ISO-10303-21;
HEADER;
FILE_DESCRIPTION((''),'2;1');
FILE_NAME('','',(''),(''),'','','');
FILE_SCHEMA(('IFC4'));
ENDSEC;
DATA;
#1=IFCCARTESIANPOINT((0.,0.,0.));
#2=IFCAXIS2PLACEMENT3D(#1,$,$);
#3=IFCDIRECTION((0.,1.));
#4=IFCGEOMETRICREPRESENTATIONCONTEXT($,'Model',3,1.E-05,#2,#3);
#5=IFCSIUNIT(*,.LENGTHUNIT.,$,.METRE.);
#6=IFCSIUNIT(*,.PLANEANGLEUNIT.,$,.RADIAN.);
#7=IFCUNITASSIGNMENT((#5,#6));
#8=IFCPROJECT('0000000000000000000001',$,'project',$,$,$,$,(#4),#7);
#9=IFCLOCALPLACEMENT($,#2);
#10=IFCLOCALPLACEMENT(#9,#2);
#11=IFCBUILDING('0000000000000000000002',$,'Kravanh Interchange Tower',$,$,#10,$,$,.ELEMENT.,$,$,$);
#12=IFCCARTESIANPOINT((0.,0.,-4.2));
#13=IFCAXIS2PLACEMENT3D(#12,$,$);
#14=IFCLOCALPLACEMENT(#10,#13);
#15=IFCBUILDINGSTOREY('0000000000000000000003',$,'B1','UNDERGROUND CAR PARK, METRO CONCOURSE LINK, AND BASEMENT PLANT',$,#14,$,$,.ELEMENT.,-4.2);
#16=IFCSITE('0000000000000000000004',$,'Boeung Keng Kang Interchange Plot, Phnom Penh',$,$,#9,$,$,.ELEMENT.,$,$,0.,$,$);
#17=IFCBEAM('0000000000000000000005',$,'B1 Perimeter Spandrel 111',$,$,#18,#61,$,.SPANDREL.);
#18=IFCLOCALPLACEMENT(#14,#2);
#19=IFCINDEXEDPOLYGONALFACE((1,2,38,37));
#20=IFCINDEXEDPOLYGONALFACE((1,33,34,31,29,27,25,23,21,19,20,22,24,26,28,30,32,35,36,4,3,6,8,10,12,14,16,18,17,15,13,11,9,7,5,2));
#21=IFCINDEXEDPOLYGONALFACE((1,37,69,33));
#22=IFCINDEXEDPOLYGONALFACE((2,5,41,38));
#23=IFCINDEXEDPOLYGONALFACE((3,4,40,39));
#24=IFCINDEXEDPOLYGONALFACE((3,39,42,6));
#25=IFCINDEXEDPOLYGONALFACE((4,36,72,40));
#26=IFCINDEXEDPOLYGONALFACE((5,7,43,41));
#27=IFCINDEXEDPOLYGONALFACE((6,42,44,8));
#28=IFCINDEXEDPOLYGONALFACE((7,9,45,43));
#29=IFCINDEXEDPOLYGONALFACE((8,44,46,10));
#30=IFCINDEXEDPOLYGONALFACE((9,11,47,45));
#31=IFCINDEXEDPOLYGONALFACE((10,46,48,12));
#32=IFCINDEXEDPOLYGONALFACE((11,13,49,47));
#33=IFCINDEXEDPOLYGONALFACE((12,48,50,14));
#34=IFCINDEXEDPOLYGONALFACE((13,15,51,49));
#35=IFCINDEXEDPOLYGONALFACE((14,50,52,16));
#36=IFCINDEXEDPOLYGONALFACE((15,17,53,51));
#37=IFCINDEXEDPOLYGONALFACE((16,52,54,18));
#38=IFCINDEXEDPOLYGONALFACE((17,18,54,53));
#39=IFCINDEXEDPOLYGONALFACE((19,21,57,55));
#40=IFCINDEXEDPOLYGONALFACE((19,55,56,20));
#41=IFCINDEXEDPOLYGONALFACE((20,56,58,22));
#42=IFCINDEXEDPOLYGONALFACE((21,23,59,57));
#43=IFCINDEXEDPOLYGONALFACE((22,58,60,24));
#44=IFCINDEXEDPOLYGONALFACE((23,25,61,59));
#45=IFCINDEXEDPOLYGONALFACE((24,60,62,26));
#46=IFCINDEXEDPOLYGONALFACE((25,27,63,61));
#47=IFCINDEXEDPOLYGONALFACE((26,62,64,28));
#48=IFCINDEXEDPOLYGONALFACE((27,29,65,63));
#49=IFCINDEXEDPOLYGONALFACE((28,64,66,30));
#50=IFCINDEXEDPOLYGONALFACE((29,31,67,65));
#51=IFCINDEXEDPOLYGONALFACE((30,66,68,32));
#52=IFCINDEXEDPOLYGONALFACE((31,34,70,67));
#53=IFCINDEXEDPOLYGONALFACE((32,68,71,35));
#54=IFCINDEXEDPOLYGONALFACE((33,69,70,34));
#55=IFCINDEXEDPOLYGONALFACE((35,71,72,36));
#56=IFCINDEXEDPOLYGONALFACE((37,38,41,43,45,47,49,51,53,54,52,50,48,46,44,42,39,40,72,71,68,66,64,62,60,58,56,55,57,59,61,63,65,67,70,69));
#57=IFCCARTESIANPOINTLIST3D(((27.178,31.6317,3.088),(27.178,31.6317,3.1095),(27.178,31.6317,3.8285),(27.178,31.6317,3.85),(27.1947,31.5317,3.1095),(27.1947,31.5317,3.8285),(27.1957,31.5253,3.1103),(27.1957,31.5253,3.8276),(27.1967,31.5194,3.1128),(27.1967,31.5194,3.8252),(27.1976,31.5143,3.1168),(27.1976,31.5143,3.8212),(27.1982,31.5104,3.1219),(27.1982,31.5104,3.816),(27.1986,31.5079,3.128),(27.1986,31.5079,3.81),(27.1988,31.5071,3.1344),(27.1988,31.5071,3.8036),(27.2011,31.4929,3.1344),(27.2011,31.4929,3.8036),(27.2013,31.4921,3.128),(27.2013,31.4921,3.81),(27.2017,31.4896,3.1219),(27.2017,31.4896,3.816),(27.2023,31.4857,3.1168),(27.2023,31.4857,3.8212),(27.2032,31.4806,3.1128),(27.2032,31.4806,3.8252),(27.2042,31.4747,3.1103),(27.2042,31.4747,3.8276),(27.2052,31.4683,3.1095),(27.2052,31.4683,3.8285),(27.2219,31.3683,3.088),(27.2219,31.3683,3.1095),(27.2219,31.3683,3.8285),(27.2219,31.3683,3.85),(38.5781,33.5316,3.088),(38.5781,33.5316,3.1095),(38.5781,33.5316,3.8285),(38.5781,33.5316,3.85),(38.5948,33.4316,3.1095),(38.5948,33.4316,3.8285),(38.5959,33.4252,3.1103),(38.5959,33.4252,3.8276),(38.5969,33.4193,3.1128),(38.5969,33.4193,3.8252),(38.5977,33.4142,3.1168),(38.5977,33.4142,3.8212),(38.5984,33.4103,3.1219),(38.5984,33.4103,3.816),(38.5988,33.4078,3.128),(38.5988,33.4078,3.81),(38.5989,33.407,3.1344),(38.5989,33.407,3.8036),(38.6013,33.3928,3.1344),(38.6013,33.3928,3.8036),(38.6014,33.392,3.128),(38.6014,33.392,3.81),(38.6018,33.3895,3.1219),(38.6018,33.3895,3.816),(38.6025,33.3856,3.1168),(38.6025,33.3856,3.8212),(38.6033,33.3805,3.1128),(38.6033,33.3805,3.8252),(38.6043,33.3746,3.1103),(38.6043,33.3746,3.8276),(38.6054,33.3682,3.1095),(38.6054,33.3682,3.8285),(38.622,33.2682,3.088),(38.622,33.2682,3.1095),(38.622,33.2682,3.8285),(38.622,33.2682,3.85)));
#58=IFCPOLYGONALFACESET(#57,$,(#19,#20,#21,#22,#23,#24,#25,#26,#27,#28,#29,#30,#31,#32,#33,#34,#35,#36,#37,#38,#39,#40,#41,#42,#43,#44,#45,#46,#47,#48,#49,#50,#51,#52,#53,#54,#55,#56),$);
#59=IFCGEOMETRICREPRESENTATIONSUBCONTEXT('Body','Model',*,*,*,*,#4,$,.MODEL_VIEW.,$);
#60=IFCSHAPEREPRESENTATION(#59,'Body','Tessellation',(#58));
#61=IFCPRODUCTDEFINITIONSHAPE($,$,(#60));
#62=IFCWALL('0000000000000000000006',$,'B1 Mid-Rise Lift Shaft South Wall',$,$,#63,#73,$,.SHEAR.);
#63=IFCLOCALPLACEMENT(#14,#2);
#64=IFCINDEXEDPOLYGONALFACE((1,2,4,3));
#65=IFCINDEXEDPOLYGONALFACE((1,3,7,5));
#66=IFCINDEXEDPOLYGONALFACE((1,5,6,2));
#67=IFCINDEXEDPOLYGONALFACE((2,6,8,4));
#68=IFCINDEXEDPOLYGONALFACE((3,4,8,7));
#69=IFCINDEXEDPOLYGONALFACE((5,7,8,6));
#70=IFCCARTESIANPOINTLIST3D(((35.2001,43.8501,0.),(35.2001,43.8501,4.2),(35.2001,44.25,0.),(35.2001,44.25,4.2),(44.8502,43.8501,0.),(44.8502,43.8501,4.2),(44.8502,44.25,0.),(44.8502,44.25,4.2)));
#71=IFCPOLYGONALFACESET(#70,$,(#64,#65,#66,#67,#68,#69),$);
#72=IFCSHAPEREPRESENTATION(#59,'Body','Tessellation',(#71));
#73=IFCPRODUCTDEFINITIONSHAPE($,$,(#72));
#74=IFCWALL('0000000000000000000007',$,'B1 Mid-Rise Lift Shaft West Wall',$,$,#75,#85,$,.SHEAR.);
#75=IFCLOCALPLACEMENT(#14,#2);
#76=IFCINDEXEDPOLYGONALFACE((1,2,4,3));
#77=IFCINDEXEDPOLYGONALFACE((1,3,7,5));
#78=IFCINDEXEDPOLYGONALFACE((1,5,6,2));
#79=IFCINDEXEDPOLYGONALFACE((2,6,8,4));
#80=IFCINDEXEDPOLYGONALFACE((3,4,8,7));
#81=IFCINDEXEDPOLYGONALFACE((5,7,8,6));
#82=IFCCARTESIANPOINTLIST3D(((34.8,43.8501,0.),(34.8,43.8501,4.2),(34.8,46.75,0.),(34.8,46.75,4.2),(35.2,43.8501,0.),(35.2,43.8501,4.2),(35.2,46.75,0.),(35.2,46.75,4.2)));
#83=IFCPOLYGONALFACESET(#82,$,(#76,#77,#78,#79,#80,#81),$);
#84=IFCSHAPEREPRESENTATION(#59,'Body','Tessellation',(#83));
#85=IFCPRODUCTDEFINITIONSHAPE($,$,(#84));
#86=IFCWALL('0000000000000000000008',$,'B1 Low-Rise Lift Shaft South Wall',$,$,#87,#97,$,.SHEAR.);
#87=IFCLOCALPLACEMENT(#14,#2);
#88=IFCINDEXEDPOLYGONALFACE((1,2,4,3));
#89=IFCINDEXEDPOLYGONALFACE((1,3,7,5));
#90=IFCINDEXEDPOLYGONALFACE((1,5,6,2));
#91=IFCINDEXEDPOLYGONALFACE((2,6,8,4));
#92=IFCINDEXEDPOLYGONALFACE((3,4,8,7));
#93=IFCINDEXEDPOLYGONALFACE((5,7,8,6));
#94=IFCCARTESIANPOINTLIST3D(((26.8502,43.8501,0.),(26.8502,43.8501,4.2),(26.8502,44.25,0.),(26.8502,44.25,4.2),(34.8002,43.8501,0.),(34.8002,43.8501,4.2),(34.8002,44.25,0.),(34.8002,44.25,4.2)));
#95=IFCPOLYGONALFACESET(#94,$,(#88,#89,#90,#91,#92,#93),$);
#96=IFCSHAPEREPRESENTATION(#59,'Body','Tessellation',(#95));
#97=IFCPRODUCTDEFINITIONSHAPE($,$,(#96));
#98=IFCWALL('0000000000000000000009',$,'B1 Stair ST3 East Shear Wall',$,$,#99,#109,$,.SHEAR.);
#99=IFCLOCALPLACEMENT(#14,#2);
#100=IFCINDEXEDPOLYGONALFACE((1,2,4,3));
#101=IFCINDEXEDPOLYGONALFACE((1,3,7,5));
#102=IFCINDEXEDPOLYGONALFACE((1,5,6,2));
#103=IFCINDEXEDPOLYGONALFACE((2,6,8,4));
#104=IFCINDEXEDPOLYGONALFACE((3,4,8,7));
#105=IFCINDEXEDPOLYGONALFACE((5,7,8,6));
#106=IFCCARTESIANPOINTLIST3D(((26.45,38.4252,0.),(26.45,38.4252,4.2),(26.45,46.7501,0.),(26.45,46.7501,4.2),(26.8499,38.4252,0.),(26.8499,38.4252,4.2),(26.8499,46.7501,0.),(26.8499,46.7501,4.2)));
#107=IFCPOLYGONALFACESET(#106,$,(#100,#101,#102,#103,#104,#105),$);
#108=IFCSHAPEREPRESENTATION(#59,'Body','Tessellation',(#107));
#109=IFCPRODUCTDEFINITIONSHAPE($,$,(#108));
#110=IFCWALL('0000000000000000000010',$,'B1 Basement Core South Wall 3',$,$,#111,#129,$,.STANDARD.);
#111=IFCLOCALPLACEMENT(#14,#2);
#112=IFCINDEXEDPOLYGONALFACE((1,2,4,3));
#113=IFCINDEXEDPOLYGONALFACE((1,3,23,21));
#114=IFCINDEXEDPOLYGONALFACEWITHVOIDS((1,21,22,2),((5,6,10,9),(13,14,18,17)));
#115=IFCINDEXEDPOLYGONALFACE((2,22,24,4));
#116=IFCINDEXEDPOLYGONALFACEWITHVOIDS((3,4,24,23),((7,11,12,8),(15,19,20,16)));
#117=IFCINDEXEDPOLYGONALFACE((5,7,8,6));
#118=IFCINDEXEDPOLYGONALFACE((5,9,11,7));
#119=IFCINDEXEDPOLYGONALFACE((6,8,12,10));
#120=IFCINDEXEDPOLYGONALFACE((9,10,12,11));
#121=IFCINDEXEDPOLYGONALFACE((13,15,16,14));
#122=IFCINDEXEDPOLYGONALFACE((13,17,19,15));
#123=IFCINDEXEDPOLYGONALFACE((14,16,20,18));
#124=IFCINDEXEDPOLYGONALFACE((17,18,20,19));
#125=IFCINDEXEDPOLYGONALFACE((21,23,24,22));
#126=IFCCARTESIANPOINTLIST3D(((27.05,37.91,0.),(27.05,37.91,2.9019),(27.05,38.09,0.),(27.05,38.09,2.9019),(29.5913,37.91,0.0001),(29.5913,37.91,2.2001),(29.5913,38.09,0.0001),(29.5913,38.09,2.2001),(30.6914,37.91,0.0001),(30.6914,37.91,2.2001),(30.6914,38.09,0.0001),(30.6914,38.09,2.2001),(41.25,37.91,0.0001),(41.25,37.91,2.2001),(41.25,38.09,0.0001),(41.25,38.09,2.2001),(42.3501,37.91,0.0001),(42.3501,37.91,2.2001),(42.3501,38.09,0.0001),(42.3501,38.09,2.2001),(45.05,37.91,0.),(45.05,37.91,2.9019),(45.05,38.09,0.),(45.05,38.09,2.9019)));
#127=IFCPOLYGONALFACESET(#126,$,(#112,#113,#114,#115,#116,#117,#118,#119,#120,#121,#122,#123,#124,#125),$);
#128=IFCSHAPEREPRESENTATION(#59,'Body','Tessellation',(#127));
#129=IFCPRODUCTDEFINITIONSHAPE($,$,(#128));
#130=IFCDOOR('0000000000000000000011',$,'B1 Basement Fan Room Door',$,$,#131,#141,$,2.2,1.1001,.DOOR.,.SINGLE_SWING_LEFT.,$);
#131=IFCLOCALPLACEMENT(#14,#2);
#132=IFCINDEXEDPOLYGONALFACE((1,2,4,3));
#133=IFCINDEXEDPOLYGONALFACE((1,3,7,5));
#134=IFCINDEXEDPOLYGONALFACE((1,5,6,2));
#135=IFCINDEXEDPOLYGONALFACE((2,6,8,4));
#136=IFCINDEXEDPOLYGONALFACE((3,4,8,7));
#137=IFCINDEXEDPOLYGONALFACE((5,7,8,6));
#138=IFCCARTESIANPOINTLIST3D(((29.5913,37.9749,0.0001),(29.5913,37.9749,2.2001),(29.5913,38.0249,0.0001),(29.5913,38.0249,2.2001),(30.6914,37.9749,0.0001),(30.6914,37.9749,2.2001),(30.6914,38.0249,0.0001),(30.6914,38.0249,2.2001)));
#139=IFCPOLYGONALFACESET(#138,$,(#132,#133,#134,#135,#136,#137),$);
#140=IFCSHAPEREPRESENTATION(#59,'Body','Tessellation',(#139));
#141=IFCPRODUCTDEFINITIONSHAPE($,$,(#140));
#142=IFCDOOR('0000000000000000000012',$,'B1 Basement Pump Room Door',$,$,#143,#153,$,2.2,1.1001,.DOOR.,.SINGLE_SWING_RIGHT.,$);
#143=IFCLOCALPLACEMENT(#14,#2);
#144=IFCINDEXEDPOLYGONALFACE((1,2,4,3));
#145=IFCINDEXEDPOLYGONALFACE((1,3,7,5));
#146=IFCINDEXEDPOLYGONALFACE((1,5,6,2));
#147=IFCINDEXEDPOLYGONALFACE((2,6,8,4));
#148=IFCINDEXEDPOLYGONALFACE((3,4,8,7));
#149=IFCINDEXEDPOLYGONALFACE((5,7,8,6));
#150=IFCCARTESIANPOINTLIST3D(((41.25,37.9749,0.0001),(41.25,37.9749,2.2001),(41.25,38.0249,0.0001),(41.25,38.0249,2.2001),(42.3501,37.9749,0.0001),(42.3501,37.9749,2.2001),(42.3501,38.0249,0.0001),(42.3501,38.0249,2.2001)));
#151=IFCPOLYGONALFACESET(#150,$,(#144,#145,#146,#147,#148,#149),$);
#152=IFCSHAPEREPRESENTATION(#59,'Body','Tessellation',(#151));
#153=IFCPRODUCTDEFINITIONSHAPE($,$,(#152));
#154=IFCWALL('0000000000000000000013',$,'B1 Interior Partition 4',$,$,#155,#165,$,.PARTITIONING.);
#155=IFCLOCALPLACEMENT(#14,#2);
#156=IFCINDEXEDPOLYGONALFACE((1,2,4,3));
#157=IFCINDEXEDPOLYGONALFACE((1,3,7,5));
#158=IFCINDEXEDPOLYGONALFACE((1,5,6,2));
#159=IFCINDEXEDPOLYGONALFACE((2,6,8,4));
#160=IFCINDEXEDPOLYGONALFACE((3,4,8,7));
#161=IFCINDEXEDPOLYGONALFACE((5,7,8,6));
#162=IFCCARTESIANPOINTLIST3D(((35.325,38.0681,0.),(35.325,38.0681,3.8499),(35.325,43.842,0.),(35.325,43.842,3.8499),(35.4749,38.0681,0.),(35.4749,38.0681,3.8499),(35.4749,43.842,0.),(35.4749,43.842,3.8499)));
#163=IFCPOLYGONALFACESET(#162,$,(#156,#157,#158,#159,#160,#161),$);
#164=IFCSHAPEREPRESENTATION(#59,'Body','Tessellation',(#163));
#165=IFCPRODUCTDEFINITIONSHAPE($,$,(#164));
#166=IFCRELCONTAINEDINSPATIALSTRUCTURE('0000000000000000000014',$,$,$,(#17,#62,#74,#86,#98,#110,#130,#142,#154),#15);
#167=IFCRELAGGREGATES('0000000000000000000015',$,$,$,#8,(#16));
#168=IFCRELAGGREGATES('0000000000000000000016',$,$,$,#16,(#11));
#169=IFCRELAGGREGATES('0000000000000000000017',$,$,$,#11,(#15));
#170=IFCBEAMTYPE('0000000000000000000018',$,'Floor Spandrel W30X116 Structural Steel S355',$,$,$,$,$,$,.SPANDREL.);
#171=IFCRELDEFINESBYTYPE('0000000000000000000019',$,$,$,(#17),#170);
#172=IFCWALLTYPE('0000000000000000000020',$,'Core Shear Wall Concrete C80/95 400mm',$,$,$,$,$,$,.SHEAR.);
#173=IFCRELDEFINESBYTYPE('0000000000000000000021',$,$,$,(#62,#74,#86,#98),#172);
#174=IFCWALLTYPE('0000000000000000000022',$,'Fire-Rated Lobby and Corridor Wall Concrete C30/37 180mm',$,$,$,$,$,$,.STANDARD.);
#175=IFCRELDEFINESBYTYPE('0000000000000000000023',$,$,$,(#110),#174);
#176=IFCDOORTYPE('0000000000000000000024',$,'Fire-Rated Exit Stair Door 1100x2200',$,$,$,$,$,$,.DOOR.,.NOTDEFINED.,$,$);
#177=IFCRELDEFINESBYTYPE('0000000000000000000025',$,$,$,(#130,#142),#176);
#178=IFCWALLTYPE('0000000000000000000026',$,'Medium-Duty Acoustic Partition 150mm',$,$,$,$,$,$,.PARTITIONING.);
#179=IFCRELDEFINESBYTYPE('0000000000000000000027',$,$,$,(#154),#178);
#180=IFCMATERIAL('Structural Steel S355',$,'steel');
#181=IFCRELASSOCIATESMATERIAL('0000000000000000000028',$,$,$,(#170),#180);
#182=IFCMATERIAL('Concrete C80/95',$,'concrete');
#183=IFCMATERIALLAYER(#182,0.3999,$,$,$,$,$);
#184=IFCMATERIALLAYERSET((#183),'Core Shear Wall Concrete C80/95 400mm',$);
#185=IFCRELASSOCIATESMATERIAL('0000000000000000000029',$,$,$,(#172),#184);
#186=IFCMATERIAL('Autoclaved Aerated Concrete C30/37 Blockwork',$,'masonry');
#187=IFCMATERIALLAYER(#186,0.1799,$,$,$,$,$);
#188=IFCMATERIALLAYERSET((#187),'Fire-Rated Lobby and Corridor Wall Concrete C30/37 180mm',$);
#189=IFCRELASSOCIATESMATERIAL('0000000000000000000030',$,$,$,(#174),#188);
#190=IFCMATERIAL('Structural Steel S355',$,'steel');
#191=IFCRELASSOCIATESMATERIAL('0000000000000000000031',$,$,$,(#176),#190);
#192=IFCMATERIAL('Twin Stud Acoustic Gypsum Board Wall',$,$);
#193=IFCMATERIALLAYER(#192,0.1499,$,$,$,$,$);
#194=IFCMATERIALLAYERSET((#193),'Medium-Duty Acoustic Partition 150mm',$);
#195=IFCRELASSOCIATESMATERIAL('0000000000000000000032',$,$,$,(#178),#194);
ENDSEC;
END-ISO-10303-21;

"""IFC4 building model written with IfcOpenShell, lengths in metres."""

from ifc_helpers import new_model, si_unit, direction, frame, frame_2d, origin, origin_2d, place, context, subcontext, project, spatial, rectangle, i_section, extrude, material, layer, layer_set, material_profile, profile_set, type_object, element, fill, save


model = new_model("IFC4")

# Units and contexts
model_context = context("Model", 3, precision=1e-05, world=origin(), true_north=direction((0.0, 1.0)))
body_context = subcontext(model_context, "Body", "Model", "MODEL_VIEW")
ifc_project = project(units=[si_unit("LENGTHUNIT", "METRE"), si_unit("PLANEANGLEUNIT", "RADIAN")], contexts=[model_context])

# Site, building, storey
site_placement = place(None, origin())
site = spatial("IfcSite", under=ifc_project, at=site_placement, Name="Boeung Keng Kang Interchange Plot, Phnom Penh", CompositionType="ELEMENT", RefElevation=0.0)
building_placement = place(site_placement, origin())
building = spatial("IfcBuilding", under=site, at=building_placement, Name="Kravanh Interchange Tower", CompositionType="ELEMENT")
storey_placement = place(building_placement, frame((0.0, 0.0, -4.2)))
storey = spatial("IfcBuildingStorey", under=building, at=storey_placement, Name="B1", Description="UNDERGROUND CAR PARK, METRO CONCOURSE LINK, AND BASEMENT PLANT", CompositionType="ELEMENT", Elevation=-4.2)

# Beam
ifc_material_1 = material(Name="Structural Steel S355", Category="steel")
ifc_material_profile_1 = material_profile(ifc_material_1, i_section(OverallWidth=0.2671, OverallDepth=0.762, WebThickness=0.0144, FlangeThickness=0.0215, FilletRadius=0.0249, at=origin_2d()), Name="W30X116")
ifc_profile_set_1 = profile_set([ifc_material_profile_1], Name="Structural Steel S355")
beam_type_1 = type_object("IfcBeamType", Name="Floor Spandrel W30X116 Structural Steel S355", PredefinedType="SPANDREL", material=ifc_profile_set_1)
beam_1_placement = place(storey_placement, frame((27.2, 31.5, 3.469), z_axis=(0.986396, 0.164389, 0.0), x_axis=(-0.164389, 0.986396, 0.0)))
element("IfcBeam", 1, at=beam_1_placement, inside=storey, type_object=beam_type_1, Name="B1 Perimeter Spandrel 111", PredefinedType="SPANDREL", context=body_context, shape_type="SweptSolid", body=[
    extrude(i_section(OverallWidth=0.2671, OverallDepth=0.762, WebThickness=0.0144, FlangeThickness=0.0215, FilletRadius=0.0249, at=origin_2d()), origin(), (0.0, 0.0, 1.0), 11.5574),
])

# Walls
ifc_material_2 = material(Name="Concrete C80/95", Category="concrete")
ifc_layer_1 = layer(ifc_material_2, 0.3999)
ifc_layer_set_1 = layer_set([ifc_layer_1], Name="Core Shear Wall Concrete C80/95 400mm")
wall_type_1 = type_object("IfcWallType", Name="Core Shear Wall Concrete C80/95 400mm", PredefinedType="SHEAR", material=ifc_layer_set_1)
wall_1_placement = place(storey_placement, frame((35.2, 44.05, 0.0), z_axis=(0.0, 0.0, 1.0), x_axis=(1.0, 0.0, 0.0)))
element("IfcWall", 2, at=wall_1_placement, inside=storey, type_object=wall_type_1, Name="B1 Mid-Rise Lift Shaft South Wall", PredefinedType="SHEAR", context=body_context, shape_type="SweptSolid", body=[
    extrude(rectangle(XDim=9.6501, YDim=0.3999, at=frame_2d((4.8252, 0.0))), origin(), (0.0, 0.0, 1.0), 4.2),
])
wall_2_placement = place(storey_placement, frame((35.0, 43.8501, 0.0), z_axis=(0.0, 0.0, 1.0), x_axis=(0.0, 1.0, 0.0)))
element("IfcWall", 3, at=wall_2_placement, inside=storey, type_object=wall_type_1, Name="B1 Mid-Rise Lift Shaft West Wall", PredefinedType="SHEAR", context=body_context, shape_type="SweptSolid", body=[
    extrude(rectangle(XDim=2.8999, YDim=0.3999, at=frame_2d((1.45, 0.0))), origin(), (0.0, 0.0, 1.0), 4.2),
])
wall_3_placement = place(storey_placement, frame((26.8501, 44.05, 0.0), z_axis=(0.0, 0.0, 1.0), x_axis=(1.0, 0.0, 0.0)))
element("IfcWall", 4, at=wall_3_placement, inside=storey, type_object=wall_type_1, Name="B1 Low-Rise Lift Shaft South Wall", PredefinedType="SHEAR", context=body_context, shape_type="SweptSolid", body=[
    extrude(rectangle(XDim=7.95, YDim=0.3999, at=frame_2d((3.9751, 0.0))), origin(), (0.0, 0.0, 1.0), 4.2),
])
wall_4_placement = place(storey_placement, frame((26.6499, 38.425, 0.0), z_axis=(0.0, 0.0, 1.0), x_axis=(0.0, 1.0, 0.0)))
element("IfcWall", 5, at=wall_4_placement, inside=storey, type_object=wall_type_1, Name="B1 Stair ST3 East Shear Wall", PredefinedType="SHEAR", context=body_context, shape_type="SweptSolid", body=[
    extrude(rectangle(XDim=8.325, YDim=0.3999, at=frame_2d((4.1626, 0.0))), origin(), (0.0, 0.0, 1.0), 4.2),
])

# Wall, openings, doors
ifc_material_3 = material(Name="Autoclaved Aerated Concrete C30/37 Blockwork", Category="masonry")
ifc_layer_2 = layer(ifc_material_3, 0.1799)
ifc_layer_set_2 = layer_set([ifc_layer_2], Name="Fire-Rated Lobby and Corridor Wall Concrete C30/37 180mm")
wall_type_2 = type_object("IfcWallType", Name="Fire-Rated Lobby and Corridor Wall Concrete C30/37 180mm", PredefinedType="STANDARD", material=ifc_layer_set_2)
wall_5_placement = place(storey_placement, frame((27.05, 38.0, 0.0), z_axis=(0.0, 0.0, 1.0), x_axis=(1.0, 0.0, 0.0)))
wall_5 = element("IfcWall", 6, at=wall_5_placement, inside=storey, type_object=wall_type_2, Name="B1 Basement Core South Wall 3", PredefinedType="STANDARD", context=body_context, shape_type="SweptSolid", body=[
    extrude(rectangle(XDim=18.0, YDim=0.1799, at=frame_2d((9.0, 0.0))), origin(), (0.0, 0.0, 1.0), 2.9019),
])
opening_1_placement = place(wall_5_placement, frame((2.5413, 0.0, 0.0)))
opening_1 = element("IfcOpeningElement", 7, at=opening_1_placement, cuts=wall_5, PredefinedType="OPENING", context=body_context, shape_type="SweptSolid", body=[
    extrude(rectangle(XDim=1.1001, YDim=2.2, at=frame_2d((0.55, 1.1001))), frame((0.0, 0.1001, 0.0), z_axis=(0.0, -1.0, 0.0), x_axis=(1.0, 0.0, 0.0)), (0.0, 0.0, 1.0), 0.2),
])
opening_2_placement = place(wall_5_placement, frame((14.2, 0.0, 0.0)))
opening_2 = element("IfcOpeningElement", 8, at=opening_2_placement, cuts=wall_5, PredefinedType="OPENING", context=body_context, shape_type="SweptSolid", body=[
    extrude(rectangle(XDim=1.1001, YDim=2.2, at=frame_2d((0.55, 1.1001))), frame((0.0, 0.1001, 0.0), z_axis=(0.0, -1.0, 0.0), x_axis=(1.0, 0.0, 0.0)), (0.0, 0.0, 1.0), 0.2),
])
ifc_material_4 = material(Name="Structural Steel S355", Category="steel")
door_type = type_object("IfcDoorType", Name="Fire-Rated Exit Stair Door 1100x2200", OperationType="NOTDEFINED", PredefinedType="DOOR", material=ifc_material_4)
door_1_placement = place(opening_1_placement, origin())
door_1 = element("IfcDoor", 9, at=door_1_placement, inside=storey, type_object=door_type, Name="B1 Basement Fan Room Door", OperationType="SINGLE_SWING_LEFT", OverallHeight=2.2, OverallWidth=1.1001, PredefinedType="DOOR", context=body_context, shape_type="SweptSolid", body=[
    extrude(rectangle(XDim=1.1001, YDim=2.2, at=frame_2d((0.55, 1.1001))), frame((0.0, 0.0249, 0.0), z_axis=(0.0, -1.0, 0.0), x_axis=(1.0, 0.0, 0.0)), (0.0, 0.0, 1.0), 0.05),
])
fill(opening_1, door_1)
door_2_placement = place(opening_2_placement, origin())
door_2 = element("IfcDoor", 10, at=door_2_placement, inside=storey, type_object=door_type, Name="B1 Basement Pump Room Door", OperationType="SINGLE_SWING_RIGHT", OverallHeight=2.2, OverallWidth=1.1001, PredefinedType="DOOR", context=body_context, shape_type="SweptSolid", body=[
    extrude(rectangle(XDim=1.1001, YDim=2.2, at=frame_2d((0.55, 1.1001))), frame((0.0, 0.0249, 0.0), z_axis=(0.0, -1.0, 0.0), x_axis=(1.0, 0.0, 0.0)), (0.0, 0.0, 1.0), 0.05),
])
fill(opening_2, door_2)

# Wall
ifc_material_5 = material(Name="Twin Stud Acoustic Gypsum Board Wall")
ifc_layer_3 = layer(ifc_material_5, 0.1499)
ifc_layer_set_3 = layer_set([ifc_layer_3], Name="Medium-Duty Acoustic Partition 150mm")
wall_type_3 = type_object("IfcWallType", Name="Medium-Duty Acoustic Partition 150mm", PredefinedType="PARTITIONING", material=ifc_layer_set_3)
wall_6_placement = place(storey_placement, frame((35.3999, 38.0681, 0.0), z_axis=(0.0, 0.0, 1.0), x_axis=(0.0, 1.0, 0.0)))
element("IfcWall", 11, at=wall_6_placement, inside=storey, type_object=wall_type_3, Name="B1 Interior Partition 4", PredefinedType="PARTITIONING", context=body_context, shape_type="SweptSolid", body=[
    extrude(rectangle(XDim=5.7739, YDim=0.1499, at=frame_2d((2.887, 0.0))), origin(), (0.0, 0.0, 1.0), 3.8499),
])

save(model, "model.ifc")
